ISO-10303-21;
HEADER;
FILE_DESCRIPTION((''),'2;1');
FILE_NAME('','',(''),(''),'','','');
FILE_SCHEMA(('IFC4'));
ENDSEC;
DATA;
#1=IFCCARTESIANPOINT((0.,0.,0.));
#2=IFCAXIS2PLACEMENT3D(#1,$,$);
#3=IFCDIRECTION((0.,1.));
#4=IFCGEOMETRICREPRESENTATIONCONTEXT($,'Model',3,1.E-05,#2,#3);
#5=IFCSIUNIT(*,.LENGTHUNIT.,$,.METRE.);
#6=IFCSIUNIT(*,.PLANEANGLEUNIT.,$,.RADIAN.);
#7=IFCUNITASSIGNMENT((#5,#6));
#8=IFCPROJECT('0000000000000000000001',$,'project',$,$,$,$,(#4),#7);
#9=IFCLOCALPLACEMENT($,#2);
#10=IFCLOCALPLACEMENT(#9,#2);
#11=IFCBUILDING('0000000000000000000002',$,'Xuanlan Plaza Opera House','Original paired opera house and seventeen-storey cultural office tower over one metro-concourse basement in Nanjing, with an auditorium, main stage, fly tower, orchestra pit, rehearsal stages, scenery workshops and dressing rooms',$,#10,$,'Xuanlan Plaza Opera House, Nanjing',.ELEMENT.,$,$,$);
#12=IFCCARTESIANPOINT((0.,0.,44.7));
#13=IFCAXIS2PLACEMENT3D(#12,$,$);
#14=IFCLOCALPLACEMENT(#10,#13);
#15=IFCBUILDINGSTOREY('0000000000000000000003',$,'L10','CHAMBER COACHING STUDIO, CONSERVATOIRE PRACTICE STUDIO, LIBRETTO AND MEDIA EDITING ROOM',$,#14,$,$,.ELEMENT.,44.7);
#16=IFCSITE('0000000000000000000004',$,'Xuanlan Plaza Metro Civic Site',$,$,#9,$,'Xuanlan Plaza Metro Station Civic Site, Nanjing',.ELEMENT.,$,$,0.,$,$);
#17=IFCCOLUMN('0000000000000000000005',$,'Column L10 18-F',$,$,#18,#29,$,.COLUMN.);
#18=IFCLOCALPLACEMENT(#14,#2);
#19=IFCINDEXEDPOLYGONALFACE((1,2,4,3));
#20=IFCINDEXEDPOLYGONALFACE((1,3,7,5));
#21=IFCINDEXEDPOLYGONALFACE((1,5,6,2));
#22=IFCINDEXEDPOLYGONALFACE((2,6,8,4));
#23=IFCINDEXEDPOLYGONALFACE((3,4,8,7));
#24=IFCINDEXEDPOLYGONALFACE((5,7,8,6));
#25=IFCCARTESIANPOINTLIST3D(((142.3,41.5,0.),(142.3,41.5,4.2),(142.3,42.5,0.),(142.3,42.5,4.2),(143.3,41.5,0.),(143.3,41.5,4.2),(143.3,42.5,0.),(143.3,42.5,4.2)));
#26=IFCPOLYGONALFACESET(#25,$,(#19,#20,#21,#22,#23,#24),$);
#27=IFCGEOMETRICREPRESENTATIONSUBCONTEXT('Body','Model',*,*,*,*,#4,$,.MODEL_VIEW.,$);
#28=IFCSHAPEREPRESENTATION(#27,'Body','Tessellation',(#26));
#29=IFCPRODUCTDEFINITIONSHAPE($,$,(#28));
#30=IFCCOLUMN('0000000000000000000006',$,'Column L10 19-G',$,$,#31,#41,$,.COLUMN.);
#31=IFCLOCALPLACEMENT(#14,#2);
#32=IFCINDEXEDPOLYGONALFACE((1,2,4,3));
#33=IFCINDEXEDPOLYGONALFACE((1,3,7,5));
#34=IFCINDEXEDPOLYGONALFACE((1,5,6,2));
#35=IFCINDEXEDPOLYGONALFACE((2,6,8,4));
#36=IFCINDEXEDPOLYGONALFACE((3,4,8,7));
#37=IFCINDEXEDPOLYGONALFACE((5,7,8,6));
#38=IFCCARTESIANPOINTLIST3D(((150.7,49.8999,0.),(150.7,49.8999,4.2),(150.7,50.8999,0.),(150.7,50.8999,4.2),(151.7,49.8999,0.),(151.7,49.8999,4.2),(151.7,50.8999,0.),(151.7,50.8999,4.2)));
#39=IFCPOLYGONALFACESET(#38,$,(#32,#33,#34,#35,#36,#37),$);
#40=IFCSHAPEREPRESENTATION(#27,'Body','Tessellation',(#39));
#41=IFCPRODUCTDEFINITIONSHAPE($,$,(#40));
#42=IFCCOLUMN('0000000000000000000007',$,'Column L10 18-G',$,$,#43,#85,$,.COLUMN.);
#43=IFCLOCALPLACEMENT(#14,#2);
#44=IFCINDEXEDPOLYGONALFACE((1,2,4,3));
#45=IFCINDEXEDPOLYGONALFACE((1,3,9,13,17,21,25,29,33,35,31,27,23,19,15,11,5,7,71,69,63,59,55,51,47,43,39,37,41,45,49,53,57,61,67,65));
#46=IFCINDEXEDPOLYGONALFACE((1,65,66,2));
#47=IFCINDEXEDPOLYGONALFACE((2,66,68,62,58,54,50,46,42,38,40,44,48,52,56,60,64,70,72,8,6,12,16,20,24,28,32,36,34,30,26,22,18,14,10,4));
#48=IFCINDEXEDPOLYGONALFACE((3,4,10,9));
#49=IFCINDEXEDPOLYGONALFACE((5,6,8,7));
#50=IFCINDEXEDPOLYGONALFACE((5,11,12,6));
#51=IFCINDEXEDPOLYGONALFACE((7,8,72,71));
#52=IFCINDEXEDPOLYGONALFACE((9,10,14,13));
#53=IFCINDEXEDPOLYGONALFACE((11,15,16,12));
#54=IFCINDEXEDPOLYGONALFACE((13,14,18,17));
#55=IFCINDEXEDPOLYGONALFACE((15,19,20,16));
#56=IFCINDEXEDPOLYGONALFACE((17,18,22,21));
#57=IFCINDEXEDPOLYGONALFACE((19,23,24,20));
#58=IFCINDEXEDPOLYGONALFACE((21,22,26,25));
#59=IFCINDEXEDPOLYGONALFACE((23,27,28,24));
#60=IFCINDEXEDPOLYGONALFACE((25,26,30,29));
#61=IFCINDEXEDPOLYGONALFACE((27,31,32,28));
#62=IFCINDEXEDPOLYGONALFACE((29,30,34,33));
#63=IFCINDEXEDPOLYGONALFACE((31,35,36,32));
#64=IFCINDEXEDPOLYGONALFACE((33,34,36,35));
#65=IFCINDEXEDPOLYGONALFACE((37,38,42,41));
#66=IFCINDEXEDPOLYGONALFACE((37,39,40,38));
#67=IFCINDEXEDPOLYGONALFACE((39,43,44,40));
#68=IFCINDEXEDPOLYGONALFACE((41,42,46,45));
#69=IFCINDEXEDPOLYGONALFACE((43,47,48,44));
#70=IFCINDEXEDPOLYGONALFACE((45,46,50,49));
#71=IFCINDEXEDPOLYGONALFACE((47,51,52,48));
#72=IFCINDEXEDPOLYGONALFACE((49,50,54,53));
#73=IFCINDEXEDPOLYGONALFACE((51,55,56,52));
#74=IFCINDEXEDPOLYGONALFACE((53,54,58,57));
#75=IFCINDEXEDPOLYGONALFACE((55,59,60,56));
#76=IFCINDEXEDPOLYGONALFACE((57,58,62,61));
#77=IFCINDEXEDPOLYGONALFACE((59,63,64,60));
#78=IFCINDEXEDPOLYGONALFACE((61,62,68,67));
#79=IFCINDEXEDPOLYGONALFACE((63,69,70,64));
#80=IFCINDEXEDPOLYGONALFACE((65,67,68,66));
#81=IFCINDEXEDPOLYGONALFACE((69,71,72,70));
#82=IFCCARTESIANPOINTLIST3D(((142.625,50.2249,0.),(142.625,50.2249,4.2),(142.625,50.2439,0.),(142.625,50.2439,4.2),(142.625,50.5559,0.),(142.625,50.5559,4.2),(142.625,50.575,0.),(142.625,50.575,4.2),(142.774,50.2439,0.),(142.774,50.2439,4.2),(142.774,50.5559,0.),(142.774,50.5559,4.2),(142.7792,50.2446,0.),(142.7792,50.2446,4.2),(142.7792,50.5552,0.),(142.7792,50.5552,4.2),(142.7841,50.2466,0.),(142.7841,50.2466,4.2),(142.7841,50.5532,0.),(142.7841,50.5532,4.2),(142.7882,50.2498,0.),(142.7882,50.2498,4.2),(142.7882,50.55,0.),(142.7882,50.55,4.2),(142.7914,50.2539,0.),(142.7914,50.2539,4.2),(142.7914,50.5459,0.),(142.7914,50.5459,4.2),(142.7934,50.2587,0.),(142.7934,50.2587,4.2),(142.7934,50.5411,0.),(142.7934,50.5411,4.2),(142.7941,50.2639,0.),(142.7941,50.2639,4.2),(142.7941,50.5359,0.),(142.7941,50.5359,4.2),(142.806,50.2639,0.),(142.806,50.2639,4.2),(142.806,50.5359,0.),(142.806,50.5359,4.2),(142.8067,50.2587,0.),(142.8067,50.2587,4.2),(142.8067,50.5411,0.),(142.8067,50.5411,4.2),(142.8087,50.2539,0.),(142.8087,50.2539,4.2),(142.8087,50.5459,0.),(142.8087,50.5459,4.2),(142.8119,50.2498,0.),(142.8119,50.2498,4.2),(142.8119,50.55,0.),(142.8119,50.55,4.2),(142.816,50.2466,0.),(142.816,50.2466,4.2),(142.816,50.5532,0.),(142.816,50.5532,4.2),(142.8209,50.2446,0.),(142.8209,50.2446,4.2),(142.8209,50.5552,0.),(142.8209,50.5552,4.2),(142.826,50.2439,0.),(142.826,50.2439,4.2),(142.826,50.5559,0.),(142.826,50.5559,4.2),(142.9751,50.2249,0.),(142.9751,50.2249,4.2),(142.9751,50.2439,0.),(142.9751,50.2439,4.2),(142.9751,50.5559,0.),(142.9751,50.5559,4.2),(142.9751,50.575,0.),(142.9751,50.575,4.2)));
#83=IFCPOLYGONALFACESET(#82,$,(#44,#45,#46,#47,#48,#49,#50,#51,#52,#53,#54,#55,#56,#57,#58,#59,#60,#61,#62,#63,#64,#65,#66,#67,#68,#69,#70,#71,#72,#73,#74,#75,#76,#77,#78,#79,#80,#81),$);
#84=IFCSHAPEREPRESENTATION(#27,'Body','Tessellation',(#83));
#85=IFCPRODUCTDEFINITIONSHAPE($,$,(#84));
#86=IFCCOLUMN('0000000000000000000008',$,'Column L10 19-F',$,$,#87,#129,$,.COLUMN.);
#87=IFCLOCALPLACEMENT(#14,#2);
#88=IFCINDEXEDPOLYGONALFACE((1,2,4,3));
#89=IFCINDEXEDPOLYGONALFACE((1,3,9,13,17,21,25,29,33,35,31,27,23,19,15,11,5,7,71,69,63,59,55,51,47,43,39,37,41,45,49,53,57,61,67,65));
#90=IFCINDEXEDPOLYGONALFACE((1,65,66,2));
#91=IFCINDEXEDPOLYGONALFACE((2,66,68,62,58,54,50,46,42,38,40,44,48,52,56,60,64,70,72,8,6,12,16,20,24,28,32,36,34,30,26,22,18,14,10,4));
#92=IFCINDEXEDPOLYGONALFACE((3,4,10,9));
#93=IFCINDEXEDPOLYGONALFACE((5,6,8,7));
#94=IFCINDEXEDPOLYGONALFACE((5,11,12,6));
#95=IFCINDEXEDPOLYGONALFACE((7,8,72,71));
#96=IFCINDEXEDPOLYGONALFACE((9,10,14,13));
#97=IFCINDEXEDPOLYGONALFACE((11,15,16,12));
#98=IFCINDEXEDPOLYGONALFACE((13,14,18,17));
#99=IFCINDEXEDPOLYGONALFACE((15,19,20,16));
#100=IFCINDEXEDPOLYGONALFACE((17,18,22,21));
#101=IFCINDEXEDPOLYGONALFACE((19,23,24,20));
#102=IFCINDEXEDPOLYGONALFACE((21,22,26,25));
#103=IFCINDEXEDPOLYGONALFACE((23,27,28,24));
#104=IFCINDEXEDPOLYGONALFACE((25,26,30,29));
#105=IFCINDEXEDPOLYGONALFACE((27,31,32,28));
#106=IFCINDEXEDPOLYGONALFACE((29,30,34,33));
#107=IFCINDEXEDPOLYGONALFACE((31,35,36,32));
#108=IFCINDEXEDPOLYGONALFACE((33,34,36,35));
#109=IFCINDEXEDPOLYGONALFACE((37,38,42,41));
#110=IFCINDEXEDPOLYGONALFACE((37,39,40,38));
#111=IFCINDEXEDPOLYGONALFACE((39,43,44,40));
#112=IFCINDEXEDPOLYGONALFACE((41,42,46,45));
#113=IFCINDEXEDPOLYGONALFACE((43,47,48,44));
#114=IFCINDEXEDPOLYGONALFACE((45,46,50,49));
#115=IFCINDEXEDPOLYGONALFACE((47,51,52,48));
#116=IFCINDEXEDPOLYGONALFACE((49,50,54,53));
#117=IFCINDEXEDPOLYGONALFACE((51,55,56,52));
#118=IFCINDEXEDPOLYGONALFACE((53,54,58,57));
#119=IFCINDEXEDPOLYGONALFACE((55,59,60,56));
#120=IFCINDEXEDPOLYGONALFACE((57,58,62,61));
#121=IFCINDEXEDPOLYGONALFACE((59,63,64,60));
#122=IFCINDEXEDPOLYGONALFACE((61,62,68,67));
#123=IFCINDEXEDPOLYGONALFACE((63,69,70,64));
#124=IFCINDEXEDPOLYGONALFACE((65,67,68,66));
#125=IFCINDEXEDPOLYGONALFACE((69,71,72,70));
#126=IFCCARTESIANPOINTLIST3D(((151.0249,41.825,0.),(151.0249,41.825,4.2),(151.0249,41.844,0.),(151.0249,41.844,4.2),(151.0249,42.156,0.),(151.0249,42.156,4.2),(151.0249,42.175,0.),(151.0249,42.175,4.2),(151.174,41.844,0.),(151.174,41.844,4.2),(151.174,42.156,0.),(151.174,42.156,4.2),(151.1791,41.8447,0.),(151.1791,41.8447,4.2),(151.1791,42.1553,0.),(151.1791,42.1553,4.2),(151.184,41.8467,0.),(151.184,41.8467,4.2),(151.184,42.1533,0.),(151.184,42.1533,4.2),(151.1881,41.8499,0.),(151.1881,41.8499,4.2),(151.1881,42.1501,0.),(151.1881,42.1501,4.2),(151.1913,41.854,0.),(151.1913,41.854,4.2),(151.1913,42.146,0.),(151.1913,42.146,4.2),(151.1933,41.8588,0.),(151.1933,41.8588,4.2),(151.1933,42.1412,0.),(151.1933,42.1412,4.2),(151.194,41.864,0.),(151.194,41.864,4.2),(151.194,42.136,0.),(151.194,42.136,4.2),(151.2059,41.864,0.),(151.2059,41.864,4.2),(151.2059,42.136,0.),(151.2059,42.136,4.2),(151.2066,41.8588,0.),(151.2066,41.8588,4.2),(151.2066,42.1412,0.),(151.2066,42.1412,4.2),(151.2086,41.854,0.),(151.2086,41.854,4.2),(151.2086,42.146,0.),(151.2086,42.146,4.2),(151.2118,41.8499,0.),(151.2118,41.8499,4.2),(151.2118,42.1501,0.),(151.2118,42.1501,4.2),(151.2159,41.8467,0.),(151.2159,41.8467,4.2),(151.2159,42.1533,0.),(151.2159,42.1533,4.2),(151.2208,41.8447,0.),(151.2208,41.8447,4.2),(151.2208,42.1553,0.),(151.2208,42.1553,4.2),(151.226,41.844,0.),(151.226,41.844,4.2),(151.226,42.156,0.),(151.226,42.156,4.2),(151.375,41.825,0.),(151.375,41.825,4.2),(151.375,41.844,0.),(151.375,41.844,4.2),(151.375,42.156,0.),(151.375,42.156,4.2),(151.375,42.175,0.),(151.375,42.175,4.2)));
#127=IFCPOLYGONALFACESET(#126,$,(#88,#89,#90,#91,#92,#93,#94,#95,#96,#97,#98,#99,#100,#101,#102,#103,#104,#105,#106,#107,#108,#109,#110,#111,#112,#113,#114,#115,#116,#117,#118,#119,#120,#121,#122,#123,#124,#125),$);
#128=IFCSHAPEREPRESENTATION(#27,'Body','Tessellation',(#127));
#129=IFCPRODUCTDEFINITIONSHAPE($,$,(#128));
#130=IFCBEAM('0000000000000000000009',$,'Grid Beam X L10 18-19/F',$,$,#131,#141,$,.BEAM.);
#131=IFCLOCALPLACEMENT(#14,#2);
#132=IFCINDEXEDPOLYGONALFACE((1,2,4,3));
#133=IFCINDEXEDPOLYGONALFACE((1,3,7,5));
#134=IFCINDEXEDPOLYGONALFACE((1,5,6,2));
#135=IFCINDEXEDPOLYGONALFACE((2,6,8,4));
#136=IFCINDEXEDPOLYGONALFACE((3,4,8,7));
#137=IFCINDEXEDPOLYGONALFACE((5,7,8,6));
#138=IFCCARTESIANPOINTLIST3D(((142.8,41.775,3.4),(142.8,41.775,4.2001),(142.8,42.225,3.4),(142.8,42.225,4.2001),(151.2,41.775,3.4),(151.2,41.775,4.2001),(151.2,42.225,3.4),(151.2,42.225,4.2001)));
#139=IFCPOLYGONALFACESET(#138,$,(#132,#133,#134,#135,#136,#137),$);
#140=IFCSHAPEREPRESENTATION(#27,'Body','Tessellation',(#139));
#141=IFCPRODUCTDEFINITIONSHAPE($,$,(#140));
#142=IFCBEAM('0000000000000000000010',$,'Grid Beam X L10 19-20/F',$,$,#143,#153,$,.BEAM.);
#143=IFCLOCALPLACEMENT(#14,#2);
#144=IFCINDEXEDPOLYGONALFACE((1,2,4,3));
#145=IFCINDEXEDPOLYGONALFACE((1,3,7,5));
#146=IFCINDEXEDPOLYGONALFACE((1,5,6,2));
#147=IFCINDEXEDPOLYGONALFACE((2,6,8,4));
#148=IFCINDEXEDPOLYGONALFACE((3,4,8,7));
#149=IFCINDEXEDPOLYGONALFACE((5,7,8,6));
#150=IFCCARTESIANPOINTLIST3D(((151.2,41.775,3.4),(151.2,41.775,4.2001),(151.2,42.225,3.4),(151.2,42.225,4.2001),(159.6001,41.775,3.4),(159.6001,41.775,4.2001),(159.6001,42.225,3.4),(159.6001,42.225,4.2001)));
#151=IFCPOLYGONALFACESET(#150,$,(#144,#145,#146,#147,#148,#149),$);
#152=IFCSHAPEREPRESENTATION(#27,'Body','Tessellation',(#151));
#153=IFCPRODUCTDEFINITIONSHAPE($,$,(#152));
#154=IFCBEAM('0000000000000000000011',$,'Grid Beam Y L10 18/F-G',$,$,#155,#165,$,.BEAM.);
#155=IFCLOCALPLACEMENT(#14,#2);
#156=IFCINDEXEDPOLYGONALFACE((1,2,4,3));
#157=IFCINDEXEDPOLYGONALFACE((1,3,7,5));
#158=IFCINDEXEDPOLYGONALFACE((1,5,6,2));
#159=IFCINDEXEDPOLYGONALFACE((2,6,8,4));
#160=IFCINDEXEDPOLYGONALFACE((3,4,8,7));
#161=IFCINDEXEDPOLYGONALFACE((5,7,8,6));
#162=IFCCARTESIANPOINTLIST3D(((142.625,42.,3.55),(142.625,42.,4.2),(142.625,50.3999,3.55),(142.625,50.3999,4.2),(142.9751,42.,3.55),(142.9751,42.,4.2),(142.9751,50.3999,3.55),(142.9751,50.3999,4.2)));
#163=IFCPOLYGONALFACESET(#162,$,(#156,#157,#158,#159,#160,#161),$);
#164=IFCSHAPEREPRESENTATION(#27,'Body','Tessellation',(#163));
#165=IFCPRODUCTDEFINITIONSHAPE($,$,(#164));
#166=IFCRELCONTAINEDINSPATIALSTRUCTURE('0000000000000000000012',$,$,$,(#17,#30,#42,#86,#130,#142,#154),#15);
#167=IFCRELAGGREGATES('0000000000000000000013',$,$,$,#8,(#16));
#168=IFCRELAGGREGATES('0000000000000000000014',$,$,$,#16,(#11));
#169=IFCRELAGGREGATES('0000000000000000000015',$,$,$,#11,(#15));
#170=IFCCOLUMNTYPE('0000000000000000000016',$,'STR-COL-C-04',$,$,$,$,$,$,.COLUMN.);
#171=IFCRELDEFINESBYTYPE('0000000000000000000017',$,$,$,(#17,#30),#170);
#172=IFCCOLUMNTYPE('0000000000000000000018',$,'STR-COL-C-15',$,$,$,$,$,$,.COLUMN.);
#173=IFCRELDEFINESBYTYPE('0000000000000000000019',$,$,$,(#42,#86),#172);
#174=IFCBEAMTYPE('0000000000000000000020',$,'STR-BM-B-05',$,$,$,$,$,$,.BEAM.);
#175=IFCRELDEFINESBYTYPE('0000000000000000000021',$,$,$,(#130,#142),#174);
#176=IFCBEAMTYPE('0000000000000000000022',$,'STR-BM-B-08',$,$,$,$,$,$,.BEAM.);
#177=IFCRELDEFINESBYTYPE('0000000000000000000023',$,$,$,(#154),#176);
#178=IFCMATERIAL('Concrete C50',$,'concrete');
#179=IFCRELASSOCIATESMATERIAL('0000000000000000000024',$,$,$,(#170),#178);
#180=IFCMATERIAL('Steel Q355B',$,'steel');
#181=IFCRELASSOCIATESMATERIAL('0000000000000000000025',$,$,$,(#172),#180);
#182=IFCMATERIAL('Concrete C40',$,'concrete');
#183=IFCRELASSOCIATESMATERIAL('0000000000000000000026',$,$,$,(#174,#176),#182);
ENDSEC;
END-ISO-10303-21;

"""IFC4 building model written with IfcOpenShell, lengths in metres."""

from ifc_helpers import new_model, si_unit, direction, frame, origin, origin_2d, place, context, subcontext, project, spatial, rectangle, i_section, extrude, material, material_profile, profile_set, type_object, element, save


model = new_model("IFC4")

# Units and contexts
model_context = context("Model", 3, precision=1e-05, world=origin(), true_north=direction((0.0, 1.0)))
body_context = subcontext(model_context, "Body", "Model", "MODEL_VIEW")
ifc_project = project(units=[si_unit("LENGTHUNIT", "METRE"), si_unit("PLANEANGLEUNIT", "RADIAN")], contexts=[model_context])

# Site, building, storey
site_placement = place(None, origin())
site = spatial("IfcSite", under=ifc_project, at=site_placement, Name="Xuanlan Plaza Metro Civic Site", LongName="Xuanlan Plaza Metro Station Civic Site, Nanjing", CompositionType="ELEMENT", RefElevation=0.0)
building_placement = place(site_placement, origin())
building = spatial("IfcBuilding", under=site, at=building_placement, Name="Xuanlan Plaza Opera House", Description="Original paired opera house and seventeen-storey cultural office tower over one metro-concourse basement in Nanjing, with an auditorium, main stage, fly tower, orchestra pit, rehearsal stages, scenery workshops and dressing rooms", LongName="Xuanlan Plaza Opera House, Nanjing", CompositionType="ELEMENT")
storey_placement = place(building_placement, frame((0.0, 0.0, 44.7)))
storey = spatial("IfcBuildingStorey", under=building, at=storey_placement, Name="L10", Description="CHAMBER COACHING STUDIO, CONSERVATOIRE PRACTICE STUDIO, LIBRETTO AND MEDIA EDITING ROOM", CompositionType="ELEMENT", Elevation=44.7)

# Columns
ifc_material_1 = material(Name="Concrete C50", Category="concrete")
ifc_material_profile_1 = material_profile(ifc_material_1, rectangle(XDim=1.0, YDim=1.0, at=origin_2d()), Name="RC-COL 1000x1000")
ifc_profile_set_1 = profile_set([ifc_material_profile_1], Name="Concrete C50")
column_type_1 = type_object("IfcColumnType", Name="STR-COL-C-04", PredefinedType="COLUMN", material=ifc_profile_set_1)
for number, where, z_axis, x_axis, name in (
    (1, (142.8, 42.0, 0.0), (0.0, 0.0, 1.0), (1.0, 0.0, 0.0), "Column L10 18-F"),
    (2, (151.2, 50.3999, 0.0), (0.0, 0.0, 1.0), (1.0, 0.0, 0.0), "Column L10 19-G"),
):
    element("IfcColumn", number, at=place(storey_placement, frame(where, z_axis=z_axis, x_axis=x_axis)), inside=storey, type_object=column_type_1, Name=name, PredefinedType="COLUMN", context=body_context, shape_type="SweptSolid", body=[
        extrude(rectangle(XDim=1.0, YDim=1.0, at=origin_2d()), origin(), (0.0, 0.0, 1.0), 4.2),
    ])
ifc_material_2 = material(Name="Steel Q355B", Category="steel")
ifc_material_profile_2 = material_profile(ifc_material_2, i_section(OverallWidth=0.3501, OverallDepth=0.3501, WebThickness=0.012, FlangeThickness=0.019, FilletRadius=0.02, at=origin_2d()), Name="HW 350x350x12x19")
ifc_profile_set_2 = profile_set([ifc_material_profile_2], Name="Steel Q355B")
column_type_2 = type_object("IfcColumnType", Name="STR-COL-C-15", PredefinedType="COLUMN", material=ifc_profile_set_2)
for number, where, z_axis, x_axis, name in (
    (3, (142.8, 50.3999, 0.0), (0.0, 0.0, 1.0), (1.0, 0.0, 0.0), "Column L10 18-G"),
    (4, (151.2, 42.0, 0.0), (0.0, 0.0, 1.0), (1.0, 0.0, 0.0), "Column L10 19-F"),
):
    element("IfcColumn", number, at=place(storey_placement, frame(where, z_axis=z_axis, x_axis=x_axis)), inside=storey, type_object=column_type_2, Name=name, PredefinedType="COLUMN", context=body_context, shape_type="SweptSolid", body=[
        extrude(i_section(OverallWidth=0.3501, OverallDepth=0.3501, WebThickness=0.012, FlangeThickness=0.019, FilletRadius=0.02, at=origin_2d()), origin(), (0.0, 0.0, 1.0), 4.2),
    ])

# Beams
ifc_material_3 = material(Name="Concrete C40", Category="concrete")
ifc_material_profile_3 = material_profile(ifc_material_3, rectangle(XDim=0.45, YDim=0.8, at=origin_2d()), Name="RC-BM 450x800")
ifc_profile_set_3 = profile_set([ifc_material_profile_3], Name="Concrete C40")
beam_type_1 = type_object("IfcBeamType", Name="STR-BM-B-05", PredefinedType="BEAM", material=ifc_profile_set_3)
beam_1_placement = place(storey_placement, frame((142.8, 42.0, 3.8), z_axis=(1.0, 0.0, 0.0), x_axis=(0.0, 1.0, 0.0)))
element("IfcBeam", 5, at=beam_1_placement, inside=storey, type_object=beam_type_1, Name="Grid Beam X L10 18-19/F", PredefinedType="BEAM", context=body_context, shape_type="SweptSolid", body=[
    extrude(rectangle(XDim=0.45, YDim=0.8, at=origin_2d()), origin(), (0.0, 0.0, 1.0), 8.3999),
])
beam_2_placement = place(storey_placement, frame((151.2, 42.0, 3.8), z_axis=(1.0, 0.0, 0.0), x_axis=(0.0, 1.0, 0.0)))
element("IfcBeam", 6, at=beam_2_placement, inside=storey, type_object=beam_type_1, Name="Grid Beam X L10 19-20/F", PredefinedType="BEAM", context=body_context, shape_type="SweptSolid", body=[
    extrude(rectangle(XDim=0.45, YDim=0.8, at=origin_2d()), origin(), (0.0, 0.0, 1.0), 8.4001),
])
ifc_material_profile_4 = material_profile(ifc_material_3, rectangle(XDim=0.3501, YDim=0.6499, at=origin_2d()), Name="RC-BM 350x650")
ifc_profile_set_4 = profile_set([ifc_material_profile_4], Name="Concrete C40")
beam_type_2 = type_object("IfcBeamType", Name="STR-BM-B-08", PredefinedType="BEAM", material=ifc_profile_set_4)
beam_3_placement = place(storey_placement, frame((142.8, 42.0, 3.875), z_axis=(0.0, 1.0, 0.0), x_axis=(-1.0, 0.0, 0.0)))
element("IfcBeam", 7, at=beam_3_placement, inside=storey, type_object=beam_type_2, Name="Grid Beam Y L10 18/F-G", PredefinedType="BEAM", context=body_context, shape_type="SweptSolid", body=[
    extrude(rectangle(XDim=0.3501, YDim=0.6499, at=origin_2d()), origin(), (0.0, 0.0, 1.0), 8.3999),
])

save(model, "model.ifc")
